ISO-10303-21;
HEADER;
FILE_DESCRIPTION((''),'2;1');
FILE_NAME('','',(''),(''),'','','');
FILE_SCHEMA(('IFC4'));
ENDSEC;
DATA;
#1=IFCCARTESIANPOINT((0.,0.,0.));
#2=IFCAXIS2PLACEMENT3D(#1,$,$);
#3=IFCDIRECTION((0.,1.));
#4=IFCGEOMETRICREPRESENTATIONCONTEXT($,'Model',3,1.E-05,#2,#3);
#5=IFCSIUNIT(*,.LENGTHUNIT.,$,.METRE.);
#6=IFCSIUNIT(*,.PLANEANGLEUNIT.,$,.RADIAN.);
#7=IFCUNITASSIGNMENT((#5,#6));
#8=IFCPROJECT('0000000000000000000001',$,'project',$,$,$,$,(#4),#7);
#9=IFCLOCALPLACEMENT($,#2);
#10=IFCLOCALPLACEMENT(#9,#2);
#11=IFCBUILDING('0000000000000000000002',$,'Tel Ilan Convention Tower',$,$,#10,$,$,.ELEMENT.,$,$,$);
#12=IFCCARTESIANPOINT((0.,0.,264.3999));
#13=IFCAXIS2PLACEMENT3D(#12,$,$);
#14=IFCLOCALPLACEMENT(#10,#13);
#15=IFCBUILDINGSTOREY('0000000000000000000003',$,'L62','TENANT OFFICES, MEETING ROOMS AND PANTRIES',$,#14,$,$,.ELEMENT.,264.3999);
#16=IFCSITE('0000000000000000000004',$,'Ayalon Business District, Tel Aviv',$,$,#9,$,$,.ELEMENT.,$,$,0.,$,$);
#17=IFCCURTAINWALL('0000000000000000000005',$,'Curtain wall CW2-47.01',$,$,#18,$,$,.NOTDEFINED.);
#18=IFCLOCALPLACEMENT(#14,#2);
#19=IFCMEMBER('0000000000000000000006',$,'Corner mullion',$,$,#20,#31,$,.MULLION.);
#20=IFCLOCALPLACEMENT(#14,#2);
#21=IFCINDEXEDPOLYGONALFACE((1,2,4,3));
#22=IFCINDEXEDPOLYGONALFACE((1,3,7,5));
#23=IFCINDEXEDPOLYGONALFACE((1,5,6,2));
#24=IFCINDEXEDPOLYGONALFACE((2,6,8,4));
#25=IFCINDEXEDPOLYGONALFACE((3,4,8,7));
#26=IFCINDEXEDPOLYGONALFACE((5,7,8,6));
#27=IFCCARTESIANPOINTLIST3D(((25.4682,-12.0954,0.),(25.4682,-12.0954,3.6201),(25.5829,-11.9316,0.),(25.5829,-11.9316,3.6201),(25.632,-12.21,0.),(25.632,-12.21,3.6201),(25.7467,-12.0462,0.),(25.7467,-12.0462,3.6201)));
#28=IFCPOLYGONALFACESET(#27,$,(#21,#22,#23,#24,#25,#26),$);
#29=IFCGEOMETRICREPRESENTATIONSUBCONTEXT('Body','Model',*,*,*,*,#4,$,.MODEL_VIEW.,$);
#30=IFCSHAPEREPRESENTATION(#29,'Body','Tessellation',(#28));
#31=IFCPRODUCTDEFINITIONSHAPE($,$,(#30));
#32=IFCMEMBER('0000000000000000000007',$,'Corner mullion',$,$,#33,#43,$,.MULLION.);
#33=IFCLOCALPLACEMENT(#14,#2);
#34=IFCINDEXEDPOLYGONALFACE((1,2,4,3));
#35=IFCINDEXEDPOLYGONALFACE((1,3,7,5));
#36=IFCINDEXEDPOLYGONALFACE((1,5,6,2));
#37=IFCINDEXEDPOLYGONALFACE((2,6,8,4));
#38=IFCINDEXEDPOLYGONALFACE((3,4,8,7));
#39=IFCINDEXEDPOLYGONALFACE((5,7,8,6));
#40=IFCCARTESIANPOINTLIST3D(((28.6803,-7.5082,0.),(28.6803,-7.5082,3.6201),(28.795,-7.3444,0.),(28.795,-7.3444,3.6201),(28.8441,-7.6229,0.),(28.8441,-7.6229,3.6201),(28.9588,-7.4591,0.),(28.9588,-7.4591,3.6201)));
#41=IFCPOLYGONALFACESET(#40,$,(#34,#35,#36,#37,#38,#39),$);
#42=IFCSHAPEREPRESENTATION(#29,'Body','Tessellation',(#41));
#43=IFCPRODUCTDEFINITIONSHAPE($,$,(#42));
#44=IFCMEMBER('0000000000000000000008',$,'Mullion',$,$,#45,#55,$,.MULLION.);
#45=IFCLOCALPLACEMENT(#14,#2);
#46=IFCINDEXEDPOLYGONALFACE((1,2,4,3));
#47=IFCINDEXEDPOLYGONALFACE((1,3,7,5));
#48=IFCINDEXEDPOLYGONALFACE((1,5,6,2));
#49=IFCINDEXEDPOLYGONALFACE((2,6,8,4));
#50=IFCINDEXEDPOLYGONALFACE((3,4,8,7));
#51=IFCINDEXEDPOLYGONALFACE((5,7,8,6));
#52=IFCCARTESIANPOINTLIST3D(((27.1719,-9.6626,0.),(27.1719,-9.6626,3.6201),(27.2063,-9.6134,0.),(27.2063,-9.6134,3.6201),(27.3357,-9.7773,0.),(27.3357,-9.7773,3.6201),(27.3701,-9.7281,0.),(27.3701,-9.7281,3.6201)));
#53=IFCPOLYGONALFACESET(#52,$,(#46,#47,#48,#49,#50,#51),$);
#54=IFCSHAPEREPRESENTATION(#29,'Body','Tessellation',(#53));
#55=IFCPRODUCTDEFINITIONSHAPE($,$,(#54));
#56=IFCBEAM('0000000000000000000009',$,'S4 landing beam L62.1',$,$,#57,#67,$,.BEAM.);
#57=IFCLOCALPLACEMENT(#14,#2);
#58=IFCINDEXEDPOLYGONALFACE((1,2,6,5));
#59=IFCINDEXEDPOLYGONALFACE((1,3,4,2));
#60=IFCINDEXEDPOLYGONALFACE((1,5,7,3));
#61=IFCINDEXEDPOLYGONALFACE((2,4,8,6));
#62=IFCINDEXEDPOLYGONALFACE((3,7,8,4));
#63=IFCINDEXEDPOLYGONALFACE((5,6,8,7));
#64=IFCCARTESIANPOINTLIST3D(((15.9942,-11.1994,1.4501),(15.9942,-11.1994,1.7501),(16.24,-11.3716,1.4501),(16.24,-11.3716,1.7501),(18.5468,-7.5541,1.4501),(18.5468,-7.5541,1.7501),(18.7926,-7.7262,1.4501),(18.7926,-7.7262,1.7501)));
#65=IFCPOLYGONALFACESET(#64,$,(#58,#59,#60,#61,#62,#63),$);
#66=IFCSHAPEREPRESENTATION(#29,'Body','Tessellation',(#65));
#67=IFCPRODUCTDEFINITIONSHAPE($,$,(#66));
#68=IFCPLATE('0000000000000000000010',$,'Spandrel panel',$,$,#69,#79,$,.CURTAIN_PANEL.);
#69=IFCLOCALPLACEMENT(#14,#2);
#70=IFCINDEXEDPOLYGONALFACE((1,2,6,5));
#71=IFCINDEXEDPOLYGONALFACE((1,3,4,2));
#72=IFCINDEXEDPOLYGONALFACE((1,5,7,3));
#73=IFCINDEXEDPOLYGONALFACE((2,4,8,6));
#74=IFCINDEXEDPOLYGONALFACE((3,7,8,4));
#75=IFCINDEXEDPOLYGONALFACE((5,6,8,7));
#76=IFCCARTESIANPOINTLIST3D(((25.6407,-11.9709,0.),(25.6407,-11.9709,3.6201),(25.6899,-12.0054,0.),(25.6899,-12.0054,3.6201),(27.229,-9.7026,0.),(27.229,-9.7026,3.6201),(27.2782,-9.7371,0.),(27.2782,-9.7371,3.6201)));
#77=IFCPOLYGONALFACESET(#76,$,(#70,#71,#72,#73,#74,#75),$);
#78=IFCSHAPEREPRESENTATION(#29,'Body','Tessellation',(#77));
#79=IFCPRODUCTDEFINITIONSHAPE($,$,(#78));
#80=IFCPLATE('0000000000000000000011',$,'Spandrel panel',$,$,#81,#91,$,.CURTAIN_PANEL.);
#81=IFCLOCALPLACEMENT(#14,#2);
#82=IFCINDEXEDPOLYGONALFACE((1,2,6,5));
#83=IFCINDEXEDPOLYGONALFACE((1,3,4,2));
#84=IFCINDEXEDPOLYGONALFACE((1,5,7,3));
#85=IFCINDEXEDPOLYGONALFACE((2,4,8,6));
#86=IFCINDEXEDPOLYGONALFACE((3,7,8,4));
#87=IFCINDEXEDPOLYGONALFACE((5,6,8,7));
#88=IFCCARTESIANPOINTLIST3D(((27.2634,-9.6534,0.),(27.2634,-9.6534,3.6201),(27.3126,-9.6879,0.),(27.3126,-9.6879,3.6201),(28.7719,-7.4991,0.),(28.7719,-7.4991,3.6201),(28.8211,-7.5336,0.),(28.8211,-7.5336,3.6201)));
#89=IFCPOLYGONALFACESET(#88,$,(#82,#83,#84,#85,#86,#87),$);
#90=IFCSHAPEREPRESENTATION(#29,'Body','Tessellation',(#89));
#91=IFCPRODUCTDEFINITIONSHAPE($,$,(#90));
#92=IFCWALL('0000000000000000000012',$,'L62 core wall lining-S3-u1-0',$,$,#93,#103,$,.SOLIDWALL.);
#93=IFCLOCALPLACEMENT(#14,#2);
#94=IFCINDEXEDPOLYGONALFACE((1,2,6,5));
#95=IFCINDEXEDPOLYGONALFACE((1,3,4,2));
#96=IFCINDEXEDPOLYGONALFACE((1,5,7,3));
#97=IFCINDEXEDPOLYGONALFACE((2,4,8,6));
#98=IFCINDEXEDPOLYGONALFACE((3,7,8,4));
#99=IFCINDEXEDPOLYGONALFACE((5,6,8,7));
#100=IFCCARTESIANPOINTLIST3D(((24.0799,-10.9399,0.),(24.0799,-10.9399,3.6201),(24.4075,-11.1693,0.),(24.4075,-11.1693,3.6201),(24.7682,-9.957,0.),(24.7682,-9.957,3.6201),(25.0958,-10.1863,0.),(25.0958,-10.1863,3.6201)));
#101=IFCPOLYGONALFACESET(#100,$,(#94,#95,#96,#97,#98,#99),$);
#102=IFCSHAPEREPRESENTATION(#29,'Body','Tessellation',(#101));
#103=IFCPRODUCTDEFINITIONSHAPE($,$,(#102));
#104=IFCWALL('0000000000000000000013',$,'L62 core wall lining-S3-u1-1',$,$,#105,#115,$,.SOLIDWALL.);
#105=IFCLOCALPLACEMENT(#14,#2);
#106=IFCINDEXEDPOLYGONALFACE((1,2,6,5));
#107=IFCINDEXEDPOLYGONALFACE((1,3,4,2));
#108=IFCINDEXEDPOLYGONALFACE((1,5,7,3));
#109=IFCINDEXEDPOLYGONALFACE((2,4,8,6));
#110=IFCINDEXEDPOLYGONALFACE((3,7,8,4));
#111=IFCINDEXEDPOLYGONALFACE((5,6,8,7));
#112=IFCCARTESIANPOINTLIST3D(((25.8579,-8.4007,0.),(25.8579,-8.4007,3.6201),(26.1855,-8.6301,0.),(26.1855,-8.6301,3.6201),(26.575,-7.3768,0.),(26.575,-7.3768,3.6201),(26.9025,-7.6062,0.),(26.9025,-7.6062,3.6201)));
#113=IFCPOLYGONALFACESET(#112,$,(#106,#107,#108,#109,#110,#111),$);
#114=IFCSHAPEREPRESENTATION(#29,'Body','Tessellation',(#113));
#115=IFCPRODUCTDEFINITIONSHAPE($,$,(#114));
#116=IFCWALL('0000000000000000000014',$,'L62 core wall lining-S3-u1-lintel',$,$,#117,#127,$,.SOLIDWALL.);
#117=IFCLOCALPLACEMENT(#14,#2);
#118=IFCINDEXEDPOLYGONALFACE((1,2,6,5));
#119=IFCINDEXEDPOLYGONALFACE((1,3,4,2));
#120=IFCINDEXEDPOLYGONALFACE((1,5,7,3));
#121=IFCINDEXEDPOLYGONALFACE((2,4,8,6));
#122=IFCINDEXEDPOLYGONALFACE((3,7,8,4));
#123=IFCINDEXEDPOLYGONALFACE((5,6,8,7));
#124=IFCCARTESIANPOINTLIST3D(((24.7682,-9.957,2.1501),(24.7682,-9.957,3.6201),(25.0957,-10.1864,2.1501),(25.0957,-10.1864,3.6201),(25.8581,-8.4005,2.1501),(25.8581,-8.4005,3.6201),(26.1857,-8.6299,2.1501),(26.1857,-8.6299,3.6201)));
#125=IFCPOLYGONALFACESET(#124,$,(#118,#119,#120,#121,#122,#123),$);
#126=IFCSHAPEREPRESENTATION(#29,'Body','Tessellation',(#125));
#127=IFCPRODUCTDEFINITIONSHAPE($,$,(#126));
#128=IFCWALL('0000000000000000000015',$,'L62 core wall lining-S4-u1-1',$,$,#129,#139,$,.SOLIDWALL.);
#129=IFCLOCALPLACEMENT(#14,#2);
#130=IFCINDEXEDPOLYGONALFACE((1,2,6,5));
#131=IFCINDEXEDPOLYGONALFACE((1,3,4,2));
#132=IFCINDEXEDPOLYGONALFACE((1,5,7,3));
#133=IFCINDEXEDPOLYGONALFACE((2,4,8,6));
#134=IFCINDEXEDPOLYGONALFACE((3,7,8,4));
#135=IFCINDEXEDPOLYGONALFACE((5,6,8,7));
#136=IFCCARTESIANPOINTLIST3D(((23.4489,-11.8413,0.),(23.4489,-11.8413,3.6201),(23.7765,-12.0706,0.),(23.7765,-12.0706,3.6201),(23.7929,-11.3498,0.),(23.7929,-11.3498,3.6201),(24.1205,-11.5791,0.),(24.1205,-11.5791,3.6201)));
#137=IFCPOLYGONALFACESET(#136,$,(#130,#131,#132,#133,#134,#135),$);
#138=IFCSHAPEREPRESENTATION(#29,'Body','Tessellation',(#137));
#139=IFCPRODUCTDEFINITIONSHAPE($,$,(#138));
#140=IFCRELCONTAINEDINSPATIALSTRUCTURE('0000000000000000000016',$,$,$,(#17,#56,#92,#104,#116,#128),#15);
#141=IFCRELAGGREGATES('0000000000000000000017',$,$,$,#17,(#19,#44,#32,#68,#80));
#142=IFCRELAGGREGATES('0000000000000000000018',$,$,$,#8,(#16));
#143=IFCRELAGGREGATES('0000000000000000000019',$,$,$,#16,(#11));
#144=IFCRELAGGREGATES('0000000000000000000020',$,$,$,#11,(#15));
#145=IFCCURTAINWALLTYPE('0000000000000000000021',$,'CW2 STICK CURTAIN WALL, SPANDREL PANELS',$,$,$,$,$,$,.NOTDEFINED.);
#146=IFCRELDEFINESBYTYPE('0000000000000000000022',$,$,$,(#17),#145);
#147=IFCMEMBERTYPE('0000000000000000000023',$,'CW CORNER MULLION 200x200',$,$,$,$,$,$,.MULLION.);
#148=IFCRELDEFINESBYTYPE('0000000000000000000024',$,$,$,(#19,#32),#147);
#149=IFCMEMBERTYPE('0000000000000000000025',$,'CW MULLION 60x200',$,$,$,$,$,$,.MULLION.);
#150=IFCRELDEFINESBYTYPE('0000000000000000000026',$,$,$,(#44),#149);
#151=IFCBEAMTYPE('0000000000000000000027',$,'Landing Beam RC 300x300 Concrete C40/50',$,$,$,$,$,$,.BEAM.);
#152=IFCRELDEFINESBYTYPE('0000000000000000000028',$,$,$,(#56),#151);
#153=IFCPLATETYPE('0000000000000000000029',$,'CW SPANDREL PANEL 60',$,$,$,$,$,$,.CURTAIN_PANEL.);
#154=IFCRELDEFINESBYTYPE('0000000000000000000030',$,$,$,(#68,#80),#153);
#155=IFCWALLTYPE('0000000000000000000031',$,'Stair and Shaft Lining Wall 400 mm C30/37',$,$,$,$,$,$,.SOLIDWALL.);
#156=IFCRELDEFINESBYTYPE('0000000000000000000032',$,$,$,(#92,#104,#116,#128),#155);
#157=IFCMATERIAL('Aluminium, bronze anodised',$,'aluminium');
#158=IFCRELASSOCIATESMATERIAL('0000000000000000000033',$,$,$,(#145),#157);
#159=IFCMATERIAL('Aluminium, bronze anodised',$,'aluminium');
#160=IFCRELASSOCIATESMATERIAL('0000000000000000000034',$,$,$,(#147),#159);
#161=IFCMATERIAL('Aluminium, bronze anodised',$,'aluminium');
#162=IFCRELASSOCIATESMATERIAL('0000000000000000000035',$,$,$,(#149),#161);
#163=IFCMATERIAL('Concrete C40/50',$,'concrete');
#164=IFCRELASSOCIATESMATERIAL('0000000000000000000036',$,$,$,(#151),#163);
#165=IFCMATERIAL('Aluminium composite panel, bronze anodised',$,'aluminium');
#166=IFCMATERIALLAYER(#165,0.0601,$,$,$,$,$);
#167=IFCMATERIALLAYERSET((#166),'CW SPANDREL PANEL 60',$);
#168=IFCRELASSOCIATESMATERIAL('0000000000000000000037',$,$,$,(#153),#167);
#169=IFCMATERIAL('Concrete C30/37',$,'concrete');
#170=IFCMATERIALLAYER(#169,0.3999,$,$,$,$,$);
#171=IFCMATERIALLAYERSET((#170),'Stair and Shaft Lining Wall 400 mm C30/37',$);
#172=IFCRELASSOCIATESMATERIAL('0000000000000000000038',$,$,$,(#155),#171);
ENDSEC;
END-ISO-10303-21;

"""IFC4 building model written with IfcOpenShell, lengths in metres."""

from ifc_helpers import new_model, si_unit, direction, frame, frame_2d, origin, origin_2d, place, context, subcontext, project, spatial, rectangle, extrude, material, layer, layer_set, material_profile, profile_set, type_object, element, aggregate, save


model = new_model("IFC4")

# Units and contexts
model_context = context("Model", 3, precision=1e-05, world=origin(), true_north=direction((0.0, 1.0)))
body_context = subcontext(model_context, "Body", "Model", "MODEL_VIEW")
ifc_project = project(units=[si_unit("LENGTHUNIT", "METRE"), si_unit("PLANEANGLEUNIT", "RADIAN")], contexts=[model_context])

# Site, building, storey
site_placement = place(None, origin())
site = spatial("IfcSite", under=ifc_project, at=site_placement, Name="Ayalon Business District, Tel Aviv", CompositionType="ELEMENT", RefElevation=0.0)
building_placement = place(site_placement, origin())
building = spatial("IfcBuilding", under=site, at=building_placement, Name="Tel Ilan Convention Tower", CompositionType="ELEMENT")
storey_placement = place(building_placement, frame((0.0, 0.0, 264.3999)))
storey = spatial("IfcBuildingStorey", under=building, at=storey_placement, Name="L62", Description="TENANT OFFICES, MEETING ROOMS AND PANTRIES", CompositionType="ELEMENT", Elevation=264.3999)

# Curtain wall, members
ifc_material_1 = material(Name="Aluminium, bronze anodised", Category="aluminium")
curtain_wall_type = type_object("IfcCurtainWallType", Name="CW2 STICK CURTAIN WALL, SPANDREL PANELS", PredefinedType="NOTDEFINED", material=ifc_material_1)
curtain_wall_placement = place(storey_placement, origin())
curtain_wall = element("IfcCurtainWall", 1, at=curtain_wall_placement, inside=storey, type_object=curtain_wall_type, Name="Curtain wall CW2-47.01", PredefinedType="NOTDEFINED")
ifc_material_2 = material(Name="Aluminium, bronze anodised", Category="aluminium")
ifc_material_profile_1 = material_profile(ifc_material_2, rectangle(XDim=0.2, YDim=0.2, at=origin_2d()), Name="CW CORNER MULLION 200x200")
ifc_profile_set_1 = profile_set([ifc_material_profile_1], Name="Aluminium, bronze anodised")
member_type_1 = type_object("IfcMemberType", Name="CW CORNER MULLION 200x200", PredefinedType="MULLION", material=ifc_profile_set_1)
member_1_placement = place(storey_placement, frame((25.6074, -12.0708, 0.0), z_axis=(0.0, 0.0, 1.0), x_axis=(-0.819152, 0.573576, 0.0)))
member_1 = element("IfcMember", 2, at=member_1_placement, type_object=member_type_1, Name="Corner mullion", PredefinedType="MULLION", context=body_context, shape_type="SweptSolid", body=[
    extrude(rectangle(XDim=0.2, YDim=0.2, at=origin_2d()), origin(), (0.0, 0.0, 1.0), 3.6201),
])
member_2_placement = place(storey_placement, frame((28.8196, -7.4836, 0.0), z_axis=(0.0, 0.0, 1.0), x_axis=(0.573576, 0.819152, 0.0)))
member_2 = element("IfcMember", 3, at=member_2_placement, type_object=member_type_1, Name="Corner mullion", PredefinedType="MULLION", context=body_context, shape_type="SweptSolid", body=[
    extrude(rectangle(XDim=0.2, YDim=0.2, at=origin_2d()), origin(), (0.0, 0.0, 1.0), 3.6201),
])
ifc_material_3 = material(Name="Aluminium, bronze anodised", Category="aluminium")
ifc_material_profile_2 = material_profile(ifc_material_3, rectangle(XDim=0.0601, YDim=0.2, at=origin_2d()), Name="CW MULLION 60x200")
ifc_profile_set_2 = profile_set([ifc_material_profile_2], Name="Aluminium, bronze anodised")
member_type_2 = type_object("IfcMemberType", Name="CW MULLION 60x200", PredefinedType="MULLION", material=ifc_profile_set_2)
member_3_placement = place(storey_placement, frame((27.271, -9.6953, 0.0), z_axis=(0.0, 0.0, 1.0), x_axis=(0.573576, 0.819152, 0.0)))
member_3 = element("IfcMember", 4, at=member_3_placement, type_object=member_type_2, Name="Mullion", PredefinedType="MULLION", context=body_context, shape_type="SweptSolid", body=[
    extrude(rectangle(XDim=0.0601, YDim=0.2, at=origin_2d()), origin(), (0.0, 0.0, 1.0), 3.6201),
])

# Beam
ifc_material_4 = material(Name="Concrete C40/50", Category="concrete")
ifc_material_profile_3 = material_profile(ifc_material_4, rectangle(XDim=0.3, YDim=0.3, at=origin_2d()), Name="RC 300x300")
ifc_profile_set_3 = profile_set([ifc_material_profile_3], Name="Concrete C40/50")
beam_type = type_object("IfcBeamType", Name="Landing Beam RC 300x300 Concrete C40/50", PredefinedType="BEAM", material=ifc_profile_set_3)
beam_placement = place(storey_placement, frame((18.6697, -7.6401, 1.6001), z_axis=(-0.573584, -0.819147, 0.0), x_axis=(0.819147, -0.573584, 0.0)))
element("IfcBeam", 5, at=beam_placement, inside=storey, type_object=beam_type, Name="S4 landing beam L62.1", PredefinedType="BEAM", context=body_context, shape_type="SweptSolid", body=[
    extrude(rectangle(XDim=0.3, YDim=0.3, at=origin_2d()), origin(), (0.0, 0.0, 1.0), 4.4502),
])

# Plates
ifc_material_5 = material(Name="Aluminium composite panel, bronze anodised", Category="aluminium")
ifc_layer_1 = layer(ifc_material_5, 0.0601)
ifc_layer_set_1 = layer_set([ifc_layer_1], Name="CW SPANDREL PANEL 60")
plate_type = type_object("IfcPlateType", Name="CW SPANDREL PANEL 60", PredefinedType="CURTAIN_PANEL", material=ifc_layer_set_1)
plate_1_placement = place(storey_placement, frame((26.4595, -10.854, 0.0), z_axis=(0.0, 0.0, 1.0), x_axis=(0.573576, 0.819152, 0.0)))
plate_1 = element("IfcPlate", 6, at=plate_1_placement, type_object=plate_type, Name="Spandrel panel", PredefinedType="CURTAIN_PANEL", context=body_context, shape_type="SweptSolid", body=[
    extrude(rectangle(XDim=2.769, YDim=0.0601, at=origin_2d()), origin(), (0.0, 0.0, 1.0), 3.6201),
])
plate_2_placement = place(storey_placement, frame((28.0422, -8.5935, 0.0), z_axis=(0.0, 0.0, 1.0), x_axis=(0.573576, 0.819152, 0.0)))
plate_2 = element("IfcPlate", 7, at=plate_2_placement, type_object=plate_type, Name="Spandrel panel", PredefinedType="CURTAIN_PANEL", context=body_context, shape_type="SweptSolid", body=[
    extrude(rectangle(XDim=2.6299, YDim=0.0601, at=origin_2d()), origin(), (0.0, 0.0, 1.0), 3.6201),
])
aggregate(curtain_wall, [member_1, member_3, member_2, plate_1, plate_2])

# Walls
ifc_material_6 = material(Name="Concrete C30/37", Category="concrete")
ifc_layer_2 = layer(ifc_material_6, 0.3999)
ifc_layer_set_2 = layer_set([ifc_layer_2], Name="Stair and Shaft Lining Wall 400 mm C30/37")
wall_type = type_object("IfcWallType", Name="Stair and Shaft Lining Wall 400 mm C30/37", PredefinedType="SOLIDWALL", material=ifc_layer_set_2)
wall_1_placement = place(storey_placement, frame((24.2437, -11.0547, 0.0), z_axis=(0.0, 0.0, 1.0), x_axis=(0.573572, 0.819155, 0.0)))
element("IfcWall", 8, at=wall_1_placement, inside=storey, type_object=wall_type, Name="L62 core wall lining-S3-u1-0", PredefinedType="SOLIDWALL", context=body_context, shape_type="SweptSolid", body=[
    extrude(rectangle(XDim=1.2, YDim=0.3999, at=frame_2d((0.6001, 0.0))), origin(), (0.0, 0.0, 1.0), 3.6201),
])
wall_2_placement = place(storey_placement, frame((26.0217, -8.5154, 0.0), z_axis=(0.0, 0.0, 1.0), x_axis=(0.57362, 0.819122, 0.0)))
element("IfcWall", 9, at=wall_2_placement, inside=storey, type_object=wall_type, Name="L62 core wall lining-S3-u1-1", PredefinedType="SOLIDWALL", context=body_context, shape_type="SweptSolid", body=[
    extrude(rectangle(XDim=1.25, YDim=0.3999, at=frame_2d((0.625, 0.0))), origin(), (0.0, 0.0, 1.0), 3.6201),
])
wall_3_placement = place(storey_placement, frame((24.9319, -10.0718, 2.1501), z_axis=(0.0, 0.0, 1.0), x_axis=(0.573592, 0.819141, 0.0)))
element("IfcWall", 10, at=wall_3_placement, inside=storey, type_object=wall_type, Name="L62 core wall lining-S3-u1-lintel", PredefinedType="SOLIDWALL", context=body_context, shape_type="SweptSolid", body=[
    extrude(rectangle(XDim=1.9001, YDim=0.3999, at=frame_2d((0.9502, 0.0))), origin(), (0.0, 0.0, 1.0), 1.47),
])
wall_4_placement = place(storey_placement, frame((23.6128, -11.9558, 0.0), z_axis=(0.0, 0.0, 1.0), x_axis=(0.573435, 0.819251, 0.0)))
element("IfcWall", 11, at=wall_4_placement, inside=storey, type_object=wall_type, Name="L62 core wall lining-S4-u1-1", PredefinedType="SOLIDWALL", context=body_context, shape_type="SweptSolid", body=[
    extrude(rectangle(XDim=0.5999, YDim=0.3999, at=frame_2d((0.2998, 0.0))), origin(), (0.0, 0.0, 1.0), 3.6201),
])

save(model, "model.ifc")
